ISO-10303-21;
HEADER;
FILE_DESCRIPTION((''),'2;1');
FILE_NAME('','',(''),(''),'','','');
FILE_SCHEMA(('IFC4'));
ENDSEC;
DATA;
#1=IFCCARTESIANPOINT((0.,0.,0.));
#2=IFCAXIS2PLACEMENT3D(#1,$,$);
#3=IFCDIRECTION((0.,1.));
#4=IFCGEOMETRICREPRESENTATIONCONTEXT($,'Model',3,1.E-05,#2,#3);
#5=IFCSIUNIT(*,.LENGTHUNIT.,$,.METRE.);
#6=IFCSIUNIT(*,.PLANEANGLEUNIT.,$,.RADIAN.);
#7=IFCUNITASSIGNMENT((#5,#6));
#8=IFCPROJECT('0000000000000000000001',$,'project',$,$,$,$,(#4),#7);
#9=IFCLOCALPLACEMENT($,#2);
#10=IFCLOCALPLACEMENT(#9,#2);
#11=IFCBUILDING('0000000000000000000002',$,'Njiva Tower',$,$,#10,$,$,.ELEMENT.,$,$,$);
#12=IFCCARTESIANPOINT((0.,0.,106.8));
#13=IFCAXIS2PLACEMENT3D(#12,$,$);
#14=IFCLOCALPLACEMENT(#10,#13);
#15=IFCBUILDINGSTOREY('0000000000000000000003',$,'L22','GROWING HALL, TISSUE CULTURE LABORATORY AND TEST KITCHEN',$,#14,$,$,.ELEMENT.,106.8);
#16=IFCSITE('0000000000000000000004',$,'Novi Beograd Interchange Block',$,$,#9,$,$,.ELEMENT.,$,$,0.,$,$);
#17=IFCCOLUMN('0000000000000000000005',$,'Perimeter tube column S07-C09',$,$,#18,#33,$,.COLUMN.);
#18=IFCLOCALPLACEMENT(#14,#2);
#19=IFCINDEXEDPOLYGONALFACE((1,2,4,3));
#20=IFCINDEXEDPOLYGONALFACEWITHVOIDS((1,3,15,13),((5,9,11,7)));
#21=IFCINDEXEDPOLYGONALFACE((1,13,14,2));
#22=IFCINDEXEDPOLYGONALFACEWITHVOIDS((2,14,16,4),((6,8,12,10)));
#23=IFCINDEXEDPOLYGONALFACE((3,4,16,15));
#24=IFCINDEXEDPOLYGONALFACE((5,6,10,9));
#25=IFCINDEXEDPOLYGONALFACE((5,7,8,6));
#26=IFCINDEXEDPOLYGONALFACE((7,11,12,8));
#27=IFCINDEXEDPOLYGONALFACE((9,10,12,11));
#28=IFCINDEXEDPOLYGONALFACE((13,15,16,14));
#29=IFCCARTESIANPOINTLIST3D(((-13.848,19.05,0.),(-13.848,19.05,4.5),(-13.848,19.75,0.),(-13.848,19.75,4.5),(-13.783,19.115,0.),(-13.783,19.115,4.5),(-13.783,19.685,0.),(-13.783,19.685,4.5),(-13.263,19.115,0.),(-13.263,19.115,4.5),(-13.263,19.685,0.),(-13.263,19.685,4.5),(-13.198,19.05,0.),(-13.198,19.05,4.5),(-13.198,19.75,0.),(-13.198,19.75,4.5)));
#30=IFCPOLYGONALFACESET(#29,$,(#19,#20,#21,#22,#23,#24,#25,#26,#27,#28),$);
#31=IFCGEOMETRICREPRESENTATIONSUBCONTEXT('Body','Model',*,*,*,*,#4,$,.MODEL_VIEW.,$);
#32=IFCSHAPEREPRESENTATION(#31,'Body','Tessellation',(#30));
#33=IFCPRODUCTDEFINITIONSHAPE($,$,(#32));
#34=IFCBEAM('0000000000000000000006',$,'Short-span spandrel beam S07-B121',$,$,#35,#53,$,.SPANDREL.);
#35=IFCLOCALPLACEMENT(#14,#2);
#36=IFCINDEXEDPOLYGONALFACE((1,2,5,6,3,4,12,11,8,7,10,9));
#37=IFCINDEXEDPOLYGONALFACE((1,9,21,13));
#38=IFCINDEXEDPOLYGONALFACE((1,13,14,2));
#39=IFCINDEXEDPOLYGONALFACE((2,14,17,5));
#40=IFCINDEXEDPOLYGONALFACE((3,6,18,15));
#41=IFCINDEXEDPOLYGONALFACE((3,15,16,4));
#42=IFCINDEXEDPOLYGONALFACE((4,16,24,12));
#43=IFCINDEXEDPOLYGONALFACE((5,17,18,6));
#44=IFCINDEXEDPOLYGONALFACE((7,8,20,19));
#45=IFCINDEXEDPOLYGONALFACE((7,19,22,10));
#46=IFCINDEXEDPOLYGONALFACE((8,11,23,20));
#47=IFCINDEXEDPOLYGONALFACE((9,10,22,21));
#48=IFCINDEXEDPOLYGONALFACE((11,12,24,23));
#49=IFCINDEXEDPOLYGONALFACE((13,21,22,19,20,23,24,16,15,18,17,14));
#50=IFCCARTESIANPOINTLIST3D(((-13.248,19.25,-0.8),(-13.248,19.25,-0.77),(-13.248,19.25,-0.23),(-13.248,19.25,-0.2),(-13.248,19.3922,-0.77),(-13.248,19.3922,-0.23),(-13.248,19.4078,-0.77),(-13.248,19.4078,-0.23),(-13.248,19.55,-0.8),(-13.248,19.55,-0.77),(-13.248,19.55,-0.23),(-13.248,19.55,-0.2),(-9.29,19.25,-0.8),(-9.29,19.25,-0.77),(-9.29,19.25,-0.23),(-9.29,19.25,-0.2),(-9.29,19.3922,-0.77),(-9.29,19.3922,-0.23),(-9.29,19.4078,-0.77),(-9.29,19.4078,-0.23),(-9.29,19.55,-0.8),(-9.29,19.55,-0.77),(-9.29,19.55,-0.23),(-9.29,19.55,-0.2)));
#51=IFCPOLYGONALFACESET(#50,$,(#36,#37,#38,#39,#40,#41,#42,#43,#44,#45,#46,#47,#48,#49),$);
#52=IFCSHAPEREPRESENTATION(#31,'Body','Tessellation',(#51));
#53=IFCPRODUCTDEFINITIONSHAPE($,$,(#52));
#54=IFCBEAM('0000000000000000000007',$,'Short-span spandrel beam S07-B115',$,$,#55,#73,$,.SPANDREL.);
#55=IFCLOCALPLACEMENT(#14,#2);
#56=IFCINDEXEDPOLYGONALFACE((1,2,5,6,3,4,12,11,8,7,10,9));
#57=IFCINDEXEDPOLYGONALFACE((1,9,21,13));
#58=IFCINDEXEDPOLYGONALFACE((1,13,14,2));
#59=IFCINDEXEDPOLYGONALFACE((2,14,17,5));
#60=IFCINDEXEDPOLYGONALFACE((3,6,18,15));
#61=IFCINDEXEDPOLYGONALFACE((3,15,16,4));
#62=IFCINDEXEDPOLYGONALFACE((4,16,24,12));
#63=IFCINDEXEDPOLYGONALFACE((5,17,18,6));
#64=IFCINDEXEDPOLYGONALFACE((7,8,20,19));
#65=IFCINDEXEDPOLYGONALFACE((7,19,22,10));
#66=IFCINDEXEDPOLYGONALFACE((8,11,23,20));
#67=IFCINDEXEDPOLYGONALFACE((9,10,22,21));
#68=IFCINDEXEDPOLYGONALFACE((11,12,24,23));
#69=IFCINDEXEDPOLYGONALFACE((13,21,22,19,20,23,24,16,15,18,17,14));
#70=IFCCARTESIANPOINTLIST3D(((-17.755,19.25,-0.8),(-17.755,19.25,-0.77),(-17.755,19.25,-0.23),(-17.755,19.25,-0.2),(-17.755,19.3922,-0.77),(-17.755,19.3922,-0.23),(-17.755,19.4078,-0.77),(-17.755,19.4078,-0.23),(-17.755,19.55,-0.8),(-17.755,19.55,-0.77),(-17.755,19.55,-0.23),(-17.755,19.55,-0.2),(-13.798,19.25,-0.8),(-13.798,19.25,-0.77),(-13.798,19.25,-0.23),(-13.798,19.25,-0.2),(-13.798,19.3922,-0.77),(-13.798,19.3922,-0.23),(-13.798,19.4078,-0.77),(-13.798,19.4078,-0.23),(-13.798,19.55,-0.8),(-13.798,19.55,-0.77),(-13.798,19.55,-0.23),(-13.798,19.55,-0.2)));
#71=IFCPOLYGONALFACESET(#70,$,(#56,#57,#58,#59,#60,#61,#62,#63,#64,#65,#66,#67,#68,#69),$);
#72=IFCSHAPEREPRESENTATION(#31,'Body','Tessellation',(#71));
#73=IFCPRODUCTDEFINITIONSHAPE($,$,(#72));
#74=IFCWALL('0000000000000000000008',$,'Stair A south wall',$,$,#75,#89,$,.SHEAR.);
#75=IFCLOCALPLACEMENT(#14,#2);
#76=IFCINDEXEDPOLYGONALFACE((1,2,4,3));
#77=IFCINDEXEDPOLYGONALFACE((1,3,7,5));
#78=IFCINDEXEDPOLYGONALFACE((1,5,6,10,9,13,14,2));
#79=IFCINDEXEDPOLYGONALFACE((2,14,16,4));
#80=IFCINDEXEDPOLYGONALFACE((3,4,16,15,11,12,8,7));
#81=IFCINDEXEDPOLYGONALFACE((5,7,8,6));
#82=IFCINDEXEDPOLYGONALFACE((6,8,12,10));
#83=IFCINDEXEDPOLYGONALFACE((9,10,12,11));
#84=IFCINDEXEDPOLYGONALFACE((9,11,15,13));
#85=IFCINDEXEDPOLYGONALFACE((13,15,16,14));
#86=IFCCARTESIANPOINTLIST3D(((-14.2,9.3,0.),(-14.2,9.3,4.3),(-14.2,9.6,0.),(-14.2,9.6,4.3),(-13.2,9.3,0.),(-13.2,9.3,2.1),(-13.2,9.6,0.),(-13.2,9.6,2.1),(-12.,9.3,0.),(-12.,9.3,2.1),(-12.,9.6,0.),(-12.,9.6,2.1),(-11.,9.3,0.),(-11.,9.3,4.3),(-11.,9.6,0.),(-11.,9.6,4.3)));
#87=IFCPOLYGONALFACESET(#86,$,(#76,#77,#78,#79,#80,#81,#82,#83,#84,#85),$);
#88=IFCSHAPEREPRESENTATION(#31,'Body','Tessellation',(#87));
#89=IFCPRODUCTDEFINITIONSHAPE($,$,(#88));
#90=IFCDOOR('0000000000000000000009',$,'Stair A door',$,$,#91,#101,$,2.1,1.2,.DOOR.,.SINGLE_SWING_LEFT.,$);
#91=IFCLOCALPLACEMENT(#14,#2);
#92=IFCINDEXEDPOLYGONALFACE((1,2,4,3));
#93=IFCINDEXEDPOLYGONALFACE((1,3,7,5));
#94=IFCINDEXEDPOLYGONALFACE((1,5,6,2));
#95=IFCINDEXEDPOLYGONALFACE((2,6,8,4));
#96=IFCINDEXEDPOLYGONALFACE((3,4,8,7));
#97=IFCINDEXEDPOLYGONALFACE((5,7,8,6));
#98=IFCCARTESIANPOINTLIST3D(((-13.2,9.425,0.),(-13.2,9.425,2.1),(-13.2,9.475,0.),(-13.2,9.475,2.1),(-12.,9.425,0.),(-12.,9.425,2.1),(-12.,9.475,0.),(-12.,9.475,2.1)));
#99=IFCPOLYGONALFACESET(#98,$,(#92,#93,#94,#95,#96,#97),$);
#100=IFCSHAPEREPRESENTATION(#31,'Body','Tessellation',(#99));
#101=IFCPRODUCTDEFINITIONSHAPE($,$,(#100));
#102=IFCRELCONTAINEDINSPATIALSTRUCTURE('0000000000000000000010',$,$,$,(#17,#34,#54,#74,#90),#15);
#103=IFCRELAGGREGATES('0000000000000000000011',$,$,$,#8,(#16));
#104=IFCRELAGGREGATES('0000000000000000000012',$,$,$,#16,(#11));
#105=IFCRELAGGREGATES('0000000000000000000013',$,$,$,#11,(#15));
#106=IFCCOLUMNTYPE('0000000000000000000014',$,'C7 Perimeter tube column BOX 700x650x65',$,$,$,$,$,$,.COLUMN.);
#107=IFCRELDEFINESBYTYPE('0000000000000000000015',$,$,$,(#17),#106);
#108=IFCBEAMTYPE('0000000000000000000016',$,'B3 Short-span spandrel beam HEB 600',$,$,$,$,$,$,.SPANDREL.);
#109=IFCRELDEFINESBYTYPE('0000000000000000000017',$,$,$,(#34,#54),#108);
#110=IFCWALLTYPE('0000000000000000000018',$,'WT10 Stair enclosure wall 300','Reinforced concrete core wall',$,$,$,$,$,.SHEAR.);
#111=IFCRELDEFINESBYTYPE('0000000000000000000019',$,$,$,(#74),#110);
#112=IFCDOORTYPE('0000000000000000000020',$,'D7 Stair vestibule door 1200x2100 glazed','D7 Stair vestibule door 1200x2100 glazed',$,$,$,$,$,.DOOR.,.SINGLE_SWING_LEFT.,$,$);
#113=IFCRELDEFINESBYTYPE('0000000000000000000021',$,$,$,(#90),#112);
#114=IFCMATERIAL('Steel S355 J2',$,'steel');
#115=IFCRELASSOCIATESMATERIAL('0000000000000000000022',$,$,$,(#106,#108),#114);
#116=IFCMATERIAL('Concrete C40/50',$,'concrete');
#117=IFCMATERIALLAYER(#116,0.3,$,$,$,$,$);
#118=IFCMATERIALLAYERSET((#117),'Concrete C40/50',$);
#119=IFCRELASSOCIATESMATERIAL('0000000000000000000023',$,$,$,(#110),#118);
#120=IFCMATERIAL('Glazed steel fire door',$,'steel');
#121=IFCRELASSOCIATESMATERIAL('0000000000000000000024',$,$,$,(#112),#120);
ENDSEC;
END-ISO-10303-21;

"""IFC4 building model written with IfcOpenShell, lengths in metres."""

from ifc_helpers import new_model, si_unit, direction, frame, frame_2d, origin, origin_2d, place, context, subcontext, project, spatial, rectangle, hollow_rectangle, i_section, extrude, material, layer, layer_set, material_profile, profile_set, type_object, element, fill, save


model = new_model("IFC4")

# Units and contexts
model_context = context("Model", 3, precision=1e-05, world=origin(), true_north=direction((0.0, 1.0)))
body_context = subcontext(model_context, "Body", "Model", "MODEL_VIEW")
ifc_project = project(units=[si_unit("LENGTHUNIT", "METRE"), si_unit("PLANEANGLEUNIT", "RADIAN")], contexts=[model_context])

# Site, building, storey
site_placement = place(None, origin())
site = spatial("IfcSite", under=ifc_project, at=site_placement, Name="Novi Beograd Interchange Block", CompositionType="ELEMENT", RefElevation=0.0)
building_placement = place(site_placement, origin())
building = spatial("IfcBuilding", under=site, at=building_placement, Name="Njiva Tower", CompositionType="ELEMENT")
storey_placement = place(building_placement, frame((0.0, 0.0, 106.8)))
storey = spatial("IfcBuildingStorey", under=building, at=storey_placement, Name="L22", Description="GROWING HALL, TISSUE CULTURE LABORATORY AND TEST KITCHEN", CompositionType="ELEMENT", Elevation=106.8)

# Column
ifc_material_1 = material(Name="Steel S355 J2", Category="steel")
ifc_material_profile_1 = material_profile(ifc_material_1, hollow_rectangle(XDim=0.65, YDim=0.7, WallThickness=0.065, at=origin_2d()), Name="BOX 700x650x65")
ifc_profile_set_1 = profile_set([ifc_material_profile_1], Name="Steel S355 J2")
column_type = type_object("IfcColumnType", Name="C7 Perimeter tube column BOX 700x650x65", PredefinedType="COLUMN", material=ifc_profile_set_1)
column_placement = place(storey_placement, frame((-13.523, 19.4, 0.0), z_axis=(0.0, 0.0, 1.0), x_axis=(-1.0, 0.0, 0.0)))
element("IfcColumn", 1, at=column_placement, inside=storey, type_object=column_type, Name="Perimeter tube column S07-C09", PredefinedType="COLUMN", context=body_context, shape_type="SweptSolid", body=[
    extrude(hollow_rectangle(XDim=0.65, YDim=0.7, WallThickness=0.065, at=origin_2d()), origin(), (0.0, 0.0, 1.0), 4.5),
])

# Beams
ifc_material_profile_2 = material_profile(ifc_material_1, i_section(OverallWidth=0.3, OverallDepth=0.6, WebThickness=0.0155, FlangeThickness=0.03, at=origin_2d()), Name="HEB 600")
ifc_profile_set_2 = profile_set([ifc_material_profile_2], Name="Steel S355 J2")
beam_type = type_object("IfcBeamType", Name="B3 Short-span spandrel beam HEB 600", PredefinedType="SPANDREL", material=ifc_profile_set_2)
beam_1_placement = place(storey_placement, frame((-9.29, 19.4, -0.5), z_axis=(-1.0, 0.0, 0.0), x_axis=(0.0, -1.0, 0.0)))
element("IfcBeam", 2, at=beam_1_placement, inside=storey, type_object=beam_type, Name="Short-span spandrel beam S07-B121", PredefinedType="SPANDREL", context=body_context, shape_type="SweptSolid", body=[
    extrude(i_section(OverallWidth=0.3, OverallDepth=0.6, WebThickness=0.0155, FlangeThickness=0.03, at=origin_2d()), origin(), (0.0, 0.0, 1.0), 3.958),
])
beam_2_placement = place(storey_placement, frame((-13.798, 19.4, -0.5), z_axis=(-1.0, 0.0, 0.0), x_axis=(0.0, -1.0, 0.0)))
element("IfcBeam", 3, at=beam_2_placement, inside=storey, type_object=beam_type, Name="Short-span spandrel beam S07-B115", PredefinedType="SPANDREL", context=body_context, shape_type="SweptSolid", body=[
    extrude(i_section(OverallWidth=0.3, OverallDepth=0.6, WebThickness=0.0155, FlangeThickness=0.03, at=origin_2d()), origin(), (0.0, 0.0, 1.0), 3.957),
])

# Wall, opening, door
ifc_material_2 = material(Name="Concrete C40/50", Category="concrete")
ifc_layer_1 = layer(ifc_material_2, 0.3)
ifc_layer_set_1 = layer_set([ifc_layer_1], Name="Concrete C40/50")
wall_type_1 = type_object("IfcWallType", Name="WT10 Stair enclosure wall 300", Description="Reinforced concrete core wall", PredefinedType="SHEAR", material=ifc_layer_set_1)
wall_1_placement = place(storey_placement, frame((-14.2, 9.45, 0.0), z_axis=(0.0, 0.0, 1.0), x_axis=(1.0, 0.0, 0.0)))
wall_1 = element("IfcWall", 4, at=wall_1_placement, inside=storey, type_object=wall_type_1, Name="Stair A south wall", PredefinedType="SHEAR", context=body_context, shape_type="SweptSolid", body=[
    extrude(rectangle(XDim=3.2, YDim=0.3, at=frame_2d((1.6, 0.0))), origin(), (0.0, 0.0, 1.0), 4.3),
])
opening_1_placement = place(wall_1_placement, frame((1.0, 0.0, 0.0)))
opening_1 = element("IfcOpeningElement", 5, at=opening_1_placement, cuts=wall_1, PredefinedType="OPENING", context=body_context, shape_type="SweptSolid", body=[
    extrude(rectangle(XDim=1.2, YDim=2.1, at=frame_2d((0.6, 1.05))), frame((0.0, 0.16, 0.0), z_axis=(0.0, -1.0, 0.0), x_axis=(1.0, 0.0, 0.0)), (0.0, 0.0, 1.0), 0.32),
])
ifc_material_3 = material(Name="Glazed steel fire door", Category="steel")
door_type_1 = type_object("IfcDoorType", Name="D7 Stair vestibule door 1200x2100 glazed", Description="D7 Stair vestibule door 1200x2100 glazed", OperationType="SINGLE_SWING_LEFT", PredefinedType="DOOR", material=ifc_material_3)
door_1_placement = place(opening_1_placement, origin())
door_1 = element("IfcDoor", 6, at=door_1_placement, inside=storey, type_object=door_type_1, Name="Stair A door", OperationType="SINGLE_SWING_LEFT", OverallHeight=2.1, OverallWidth=1.2, PredefinedType="DOOR", context=body_context, shape_type="SweptSolid", body=[
    extrude(rectangle(XDim=1.2, YDim=2.1, at=frame_2d((0.6, 1.05))), frame((0.0, 0.025, 0.0), z_axis=(0.0, -1.0, 0.0), x_axis=(1.0, 0.0, 0.0)), (0.0, 0.0, 1.0), 0.05),
])
fill(opening_1, door_1)

save(model, "model.ifc")
